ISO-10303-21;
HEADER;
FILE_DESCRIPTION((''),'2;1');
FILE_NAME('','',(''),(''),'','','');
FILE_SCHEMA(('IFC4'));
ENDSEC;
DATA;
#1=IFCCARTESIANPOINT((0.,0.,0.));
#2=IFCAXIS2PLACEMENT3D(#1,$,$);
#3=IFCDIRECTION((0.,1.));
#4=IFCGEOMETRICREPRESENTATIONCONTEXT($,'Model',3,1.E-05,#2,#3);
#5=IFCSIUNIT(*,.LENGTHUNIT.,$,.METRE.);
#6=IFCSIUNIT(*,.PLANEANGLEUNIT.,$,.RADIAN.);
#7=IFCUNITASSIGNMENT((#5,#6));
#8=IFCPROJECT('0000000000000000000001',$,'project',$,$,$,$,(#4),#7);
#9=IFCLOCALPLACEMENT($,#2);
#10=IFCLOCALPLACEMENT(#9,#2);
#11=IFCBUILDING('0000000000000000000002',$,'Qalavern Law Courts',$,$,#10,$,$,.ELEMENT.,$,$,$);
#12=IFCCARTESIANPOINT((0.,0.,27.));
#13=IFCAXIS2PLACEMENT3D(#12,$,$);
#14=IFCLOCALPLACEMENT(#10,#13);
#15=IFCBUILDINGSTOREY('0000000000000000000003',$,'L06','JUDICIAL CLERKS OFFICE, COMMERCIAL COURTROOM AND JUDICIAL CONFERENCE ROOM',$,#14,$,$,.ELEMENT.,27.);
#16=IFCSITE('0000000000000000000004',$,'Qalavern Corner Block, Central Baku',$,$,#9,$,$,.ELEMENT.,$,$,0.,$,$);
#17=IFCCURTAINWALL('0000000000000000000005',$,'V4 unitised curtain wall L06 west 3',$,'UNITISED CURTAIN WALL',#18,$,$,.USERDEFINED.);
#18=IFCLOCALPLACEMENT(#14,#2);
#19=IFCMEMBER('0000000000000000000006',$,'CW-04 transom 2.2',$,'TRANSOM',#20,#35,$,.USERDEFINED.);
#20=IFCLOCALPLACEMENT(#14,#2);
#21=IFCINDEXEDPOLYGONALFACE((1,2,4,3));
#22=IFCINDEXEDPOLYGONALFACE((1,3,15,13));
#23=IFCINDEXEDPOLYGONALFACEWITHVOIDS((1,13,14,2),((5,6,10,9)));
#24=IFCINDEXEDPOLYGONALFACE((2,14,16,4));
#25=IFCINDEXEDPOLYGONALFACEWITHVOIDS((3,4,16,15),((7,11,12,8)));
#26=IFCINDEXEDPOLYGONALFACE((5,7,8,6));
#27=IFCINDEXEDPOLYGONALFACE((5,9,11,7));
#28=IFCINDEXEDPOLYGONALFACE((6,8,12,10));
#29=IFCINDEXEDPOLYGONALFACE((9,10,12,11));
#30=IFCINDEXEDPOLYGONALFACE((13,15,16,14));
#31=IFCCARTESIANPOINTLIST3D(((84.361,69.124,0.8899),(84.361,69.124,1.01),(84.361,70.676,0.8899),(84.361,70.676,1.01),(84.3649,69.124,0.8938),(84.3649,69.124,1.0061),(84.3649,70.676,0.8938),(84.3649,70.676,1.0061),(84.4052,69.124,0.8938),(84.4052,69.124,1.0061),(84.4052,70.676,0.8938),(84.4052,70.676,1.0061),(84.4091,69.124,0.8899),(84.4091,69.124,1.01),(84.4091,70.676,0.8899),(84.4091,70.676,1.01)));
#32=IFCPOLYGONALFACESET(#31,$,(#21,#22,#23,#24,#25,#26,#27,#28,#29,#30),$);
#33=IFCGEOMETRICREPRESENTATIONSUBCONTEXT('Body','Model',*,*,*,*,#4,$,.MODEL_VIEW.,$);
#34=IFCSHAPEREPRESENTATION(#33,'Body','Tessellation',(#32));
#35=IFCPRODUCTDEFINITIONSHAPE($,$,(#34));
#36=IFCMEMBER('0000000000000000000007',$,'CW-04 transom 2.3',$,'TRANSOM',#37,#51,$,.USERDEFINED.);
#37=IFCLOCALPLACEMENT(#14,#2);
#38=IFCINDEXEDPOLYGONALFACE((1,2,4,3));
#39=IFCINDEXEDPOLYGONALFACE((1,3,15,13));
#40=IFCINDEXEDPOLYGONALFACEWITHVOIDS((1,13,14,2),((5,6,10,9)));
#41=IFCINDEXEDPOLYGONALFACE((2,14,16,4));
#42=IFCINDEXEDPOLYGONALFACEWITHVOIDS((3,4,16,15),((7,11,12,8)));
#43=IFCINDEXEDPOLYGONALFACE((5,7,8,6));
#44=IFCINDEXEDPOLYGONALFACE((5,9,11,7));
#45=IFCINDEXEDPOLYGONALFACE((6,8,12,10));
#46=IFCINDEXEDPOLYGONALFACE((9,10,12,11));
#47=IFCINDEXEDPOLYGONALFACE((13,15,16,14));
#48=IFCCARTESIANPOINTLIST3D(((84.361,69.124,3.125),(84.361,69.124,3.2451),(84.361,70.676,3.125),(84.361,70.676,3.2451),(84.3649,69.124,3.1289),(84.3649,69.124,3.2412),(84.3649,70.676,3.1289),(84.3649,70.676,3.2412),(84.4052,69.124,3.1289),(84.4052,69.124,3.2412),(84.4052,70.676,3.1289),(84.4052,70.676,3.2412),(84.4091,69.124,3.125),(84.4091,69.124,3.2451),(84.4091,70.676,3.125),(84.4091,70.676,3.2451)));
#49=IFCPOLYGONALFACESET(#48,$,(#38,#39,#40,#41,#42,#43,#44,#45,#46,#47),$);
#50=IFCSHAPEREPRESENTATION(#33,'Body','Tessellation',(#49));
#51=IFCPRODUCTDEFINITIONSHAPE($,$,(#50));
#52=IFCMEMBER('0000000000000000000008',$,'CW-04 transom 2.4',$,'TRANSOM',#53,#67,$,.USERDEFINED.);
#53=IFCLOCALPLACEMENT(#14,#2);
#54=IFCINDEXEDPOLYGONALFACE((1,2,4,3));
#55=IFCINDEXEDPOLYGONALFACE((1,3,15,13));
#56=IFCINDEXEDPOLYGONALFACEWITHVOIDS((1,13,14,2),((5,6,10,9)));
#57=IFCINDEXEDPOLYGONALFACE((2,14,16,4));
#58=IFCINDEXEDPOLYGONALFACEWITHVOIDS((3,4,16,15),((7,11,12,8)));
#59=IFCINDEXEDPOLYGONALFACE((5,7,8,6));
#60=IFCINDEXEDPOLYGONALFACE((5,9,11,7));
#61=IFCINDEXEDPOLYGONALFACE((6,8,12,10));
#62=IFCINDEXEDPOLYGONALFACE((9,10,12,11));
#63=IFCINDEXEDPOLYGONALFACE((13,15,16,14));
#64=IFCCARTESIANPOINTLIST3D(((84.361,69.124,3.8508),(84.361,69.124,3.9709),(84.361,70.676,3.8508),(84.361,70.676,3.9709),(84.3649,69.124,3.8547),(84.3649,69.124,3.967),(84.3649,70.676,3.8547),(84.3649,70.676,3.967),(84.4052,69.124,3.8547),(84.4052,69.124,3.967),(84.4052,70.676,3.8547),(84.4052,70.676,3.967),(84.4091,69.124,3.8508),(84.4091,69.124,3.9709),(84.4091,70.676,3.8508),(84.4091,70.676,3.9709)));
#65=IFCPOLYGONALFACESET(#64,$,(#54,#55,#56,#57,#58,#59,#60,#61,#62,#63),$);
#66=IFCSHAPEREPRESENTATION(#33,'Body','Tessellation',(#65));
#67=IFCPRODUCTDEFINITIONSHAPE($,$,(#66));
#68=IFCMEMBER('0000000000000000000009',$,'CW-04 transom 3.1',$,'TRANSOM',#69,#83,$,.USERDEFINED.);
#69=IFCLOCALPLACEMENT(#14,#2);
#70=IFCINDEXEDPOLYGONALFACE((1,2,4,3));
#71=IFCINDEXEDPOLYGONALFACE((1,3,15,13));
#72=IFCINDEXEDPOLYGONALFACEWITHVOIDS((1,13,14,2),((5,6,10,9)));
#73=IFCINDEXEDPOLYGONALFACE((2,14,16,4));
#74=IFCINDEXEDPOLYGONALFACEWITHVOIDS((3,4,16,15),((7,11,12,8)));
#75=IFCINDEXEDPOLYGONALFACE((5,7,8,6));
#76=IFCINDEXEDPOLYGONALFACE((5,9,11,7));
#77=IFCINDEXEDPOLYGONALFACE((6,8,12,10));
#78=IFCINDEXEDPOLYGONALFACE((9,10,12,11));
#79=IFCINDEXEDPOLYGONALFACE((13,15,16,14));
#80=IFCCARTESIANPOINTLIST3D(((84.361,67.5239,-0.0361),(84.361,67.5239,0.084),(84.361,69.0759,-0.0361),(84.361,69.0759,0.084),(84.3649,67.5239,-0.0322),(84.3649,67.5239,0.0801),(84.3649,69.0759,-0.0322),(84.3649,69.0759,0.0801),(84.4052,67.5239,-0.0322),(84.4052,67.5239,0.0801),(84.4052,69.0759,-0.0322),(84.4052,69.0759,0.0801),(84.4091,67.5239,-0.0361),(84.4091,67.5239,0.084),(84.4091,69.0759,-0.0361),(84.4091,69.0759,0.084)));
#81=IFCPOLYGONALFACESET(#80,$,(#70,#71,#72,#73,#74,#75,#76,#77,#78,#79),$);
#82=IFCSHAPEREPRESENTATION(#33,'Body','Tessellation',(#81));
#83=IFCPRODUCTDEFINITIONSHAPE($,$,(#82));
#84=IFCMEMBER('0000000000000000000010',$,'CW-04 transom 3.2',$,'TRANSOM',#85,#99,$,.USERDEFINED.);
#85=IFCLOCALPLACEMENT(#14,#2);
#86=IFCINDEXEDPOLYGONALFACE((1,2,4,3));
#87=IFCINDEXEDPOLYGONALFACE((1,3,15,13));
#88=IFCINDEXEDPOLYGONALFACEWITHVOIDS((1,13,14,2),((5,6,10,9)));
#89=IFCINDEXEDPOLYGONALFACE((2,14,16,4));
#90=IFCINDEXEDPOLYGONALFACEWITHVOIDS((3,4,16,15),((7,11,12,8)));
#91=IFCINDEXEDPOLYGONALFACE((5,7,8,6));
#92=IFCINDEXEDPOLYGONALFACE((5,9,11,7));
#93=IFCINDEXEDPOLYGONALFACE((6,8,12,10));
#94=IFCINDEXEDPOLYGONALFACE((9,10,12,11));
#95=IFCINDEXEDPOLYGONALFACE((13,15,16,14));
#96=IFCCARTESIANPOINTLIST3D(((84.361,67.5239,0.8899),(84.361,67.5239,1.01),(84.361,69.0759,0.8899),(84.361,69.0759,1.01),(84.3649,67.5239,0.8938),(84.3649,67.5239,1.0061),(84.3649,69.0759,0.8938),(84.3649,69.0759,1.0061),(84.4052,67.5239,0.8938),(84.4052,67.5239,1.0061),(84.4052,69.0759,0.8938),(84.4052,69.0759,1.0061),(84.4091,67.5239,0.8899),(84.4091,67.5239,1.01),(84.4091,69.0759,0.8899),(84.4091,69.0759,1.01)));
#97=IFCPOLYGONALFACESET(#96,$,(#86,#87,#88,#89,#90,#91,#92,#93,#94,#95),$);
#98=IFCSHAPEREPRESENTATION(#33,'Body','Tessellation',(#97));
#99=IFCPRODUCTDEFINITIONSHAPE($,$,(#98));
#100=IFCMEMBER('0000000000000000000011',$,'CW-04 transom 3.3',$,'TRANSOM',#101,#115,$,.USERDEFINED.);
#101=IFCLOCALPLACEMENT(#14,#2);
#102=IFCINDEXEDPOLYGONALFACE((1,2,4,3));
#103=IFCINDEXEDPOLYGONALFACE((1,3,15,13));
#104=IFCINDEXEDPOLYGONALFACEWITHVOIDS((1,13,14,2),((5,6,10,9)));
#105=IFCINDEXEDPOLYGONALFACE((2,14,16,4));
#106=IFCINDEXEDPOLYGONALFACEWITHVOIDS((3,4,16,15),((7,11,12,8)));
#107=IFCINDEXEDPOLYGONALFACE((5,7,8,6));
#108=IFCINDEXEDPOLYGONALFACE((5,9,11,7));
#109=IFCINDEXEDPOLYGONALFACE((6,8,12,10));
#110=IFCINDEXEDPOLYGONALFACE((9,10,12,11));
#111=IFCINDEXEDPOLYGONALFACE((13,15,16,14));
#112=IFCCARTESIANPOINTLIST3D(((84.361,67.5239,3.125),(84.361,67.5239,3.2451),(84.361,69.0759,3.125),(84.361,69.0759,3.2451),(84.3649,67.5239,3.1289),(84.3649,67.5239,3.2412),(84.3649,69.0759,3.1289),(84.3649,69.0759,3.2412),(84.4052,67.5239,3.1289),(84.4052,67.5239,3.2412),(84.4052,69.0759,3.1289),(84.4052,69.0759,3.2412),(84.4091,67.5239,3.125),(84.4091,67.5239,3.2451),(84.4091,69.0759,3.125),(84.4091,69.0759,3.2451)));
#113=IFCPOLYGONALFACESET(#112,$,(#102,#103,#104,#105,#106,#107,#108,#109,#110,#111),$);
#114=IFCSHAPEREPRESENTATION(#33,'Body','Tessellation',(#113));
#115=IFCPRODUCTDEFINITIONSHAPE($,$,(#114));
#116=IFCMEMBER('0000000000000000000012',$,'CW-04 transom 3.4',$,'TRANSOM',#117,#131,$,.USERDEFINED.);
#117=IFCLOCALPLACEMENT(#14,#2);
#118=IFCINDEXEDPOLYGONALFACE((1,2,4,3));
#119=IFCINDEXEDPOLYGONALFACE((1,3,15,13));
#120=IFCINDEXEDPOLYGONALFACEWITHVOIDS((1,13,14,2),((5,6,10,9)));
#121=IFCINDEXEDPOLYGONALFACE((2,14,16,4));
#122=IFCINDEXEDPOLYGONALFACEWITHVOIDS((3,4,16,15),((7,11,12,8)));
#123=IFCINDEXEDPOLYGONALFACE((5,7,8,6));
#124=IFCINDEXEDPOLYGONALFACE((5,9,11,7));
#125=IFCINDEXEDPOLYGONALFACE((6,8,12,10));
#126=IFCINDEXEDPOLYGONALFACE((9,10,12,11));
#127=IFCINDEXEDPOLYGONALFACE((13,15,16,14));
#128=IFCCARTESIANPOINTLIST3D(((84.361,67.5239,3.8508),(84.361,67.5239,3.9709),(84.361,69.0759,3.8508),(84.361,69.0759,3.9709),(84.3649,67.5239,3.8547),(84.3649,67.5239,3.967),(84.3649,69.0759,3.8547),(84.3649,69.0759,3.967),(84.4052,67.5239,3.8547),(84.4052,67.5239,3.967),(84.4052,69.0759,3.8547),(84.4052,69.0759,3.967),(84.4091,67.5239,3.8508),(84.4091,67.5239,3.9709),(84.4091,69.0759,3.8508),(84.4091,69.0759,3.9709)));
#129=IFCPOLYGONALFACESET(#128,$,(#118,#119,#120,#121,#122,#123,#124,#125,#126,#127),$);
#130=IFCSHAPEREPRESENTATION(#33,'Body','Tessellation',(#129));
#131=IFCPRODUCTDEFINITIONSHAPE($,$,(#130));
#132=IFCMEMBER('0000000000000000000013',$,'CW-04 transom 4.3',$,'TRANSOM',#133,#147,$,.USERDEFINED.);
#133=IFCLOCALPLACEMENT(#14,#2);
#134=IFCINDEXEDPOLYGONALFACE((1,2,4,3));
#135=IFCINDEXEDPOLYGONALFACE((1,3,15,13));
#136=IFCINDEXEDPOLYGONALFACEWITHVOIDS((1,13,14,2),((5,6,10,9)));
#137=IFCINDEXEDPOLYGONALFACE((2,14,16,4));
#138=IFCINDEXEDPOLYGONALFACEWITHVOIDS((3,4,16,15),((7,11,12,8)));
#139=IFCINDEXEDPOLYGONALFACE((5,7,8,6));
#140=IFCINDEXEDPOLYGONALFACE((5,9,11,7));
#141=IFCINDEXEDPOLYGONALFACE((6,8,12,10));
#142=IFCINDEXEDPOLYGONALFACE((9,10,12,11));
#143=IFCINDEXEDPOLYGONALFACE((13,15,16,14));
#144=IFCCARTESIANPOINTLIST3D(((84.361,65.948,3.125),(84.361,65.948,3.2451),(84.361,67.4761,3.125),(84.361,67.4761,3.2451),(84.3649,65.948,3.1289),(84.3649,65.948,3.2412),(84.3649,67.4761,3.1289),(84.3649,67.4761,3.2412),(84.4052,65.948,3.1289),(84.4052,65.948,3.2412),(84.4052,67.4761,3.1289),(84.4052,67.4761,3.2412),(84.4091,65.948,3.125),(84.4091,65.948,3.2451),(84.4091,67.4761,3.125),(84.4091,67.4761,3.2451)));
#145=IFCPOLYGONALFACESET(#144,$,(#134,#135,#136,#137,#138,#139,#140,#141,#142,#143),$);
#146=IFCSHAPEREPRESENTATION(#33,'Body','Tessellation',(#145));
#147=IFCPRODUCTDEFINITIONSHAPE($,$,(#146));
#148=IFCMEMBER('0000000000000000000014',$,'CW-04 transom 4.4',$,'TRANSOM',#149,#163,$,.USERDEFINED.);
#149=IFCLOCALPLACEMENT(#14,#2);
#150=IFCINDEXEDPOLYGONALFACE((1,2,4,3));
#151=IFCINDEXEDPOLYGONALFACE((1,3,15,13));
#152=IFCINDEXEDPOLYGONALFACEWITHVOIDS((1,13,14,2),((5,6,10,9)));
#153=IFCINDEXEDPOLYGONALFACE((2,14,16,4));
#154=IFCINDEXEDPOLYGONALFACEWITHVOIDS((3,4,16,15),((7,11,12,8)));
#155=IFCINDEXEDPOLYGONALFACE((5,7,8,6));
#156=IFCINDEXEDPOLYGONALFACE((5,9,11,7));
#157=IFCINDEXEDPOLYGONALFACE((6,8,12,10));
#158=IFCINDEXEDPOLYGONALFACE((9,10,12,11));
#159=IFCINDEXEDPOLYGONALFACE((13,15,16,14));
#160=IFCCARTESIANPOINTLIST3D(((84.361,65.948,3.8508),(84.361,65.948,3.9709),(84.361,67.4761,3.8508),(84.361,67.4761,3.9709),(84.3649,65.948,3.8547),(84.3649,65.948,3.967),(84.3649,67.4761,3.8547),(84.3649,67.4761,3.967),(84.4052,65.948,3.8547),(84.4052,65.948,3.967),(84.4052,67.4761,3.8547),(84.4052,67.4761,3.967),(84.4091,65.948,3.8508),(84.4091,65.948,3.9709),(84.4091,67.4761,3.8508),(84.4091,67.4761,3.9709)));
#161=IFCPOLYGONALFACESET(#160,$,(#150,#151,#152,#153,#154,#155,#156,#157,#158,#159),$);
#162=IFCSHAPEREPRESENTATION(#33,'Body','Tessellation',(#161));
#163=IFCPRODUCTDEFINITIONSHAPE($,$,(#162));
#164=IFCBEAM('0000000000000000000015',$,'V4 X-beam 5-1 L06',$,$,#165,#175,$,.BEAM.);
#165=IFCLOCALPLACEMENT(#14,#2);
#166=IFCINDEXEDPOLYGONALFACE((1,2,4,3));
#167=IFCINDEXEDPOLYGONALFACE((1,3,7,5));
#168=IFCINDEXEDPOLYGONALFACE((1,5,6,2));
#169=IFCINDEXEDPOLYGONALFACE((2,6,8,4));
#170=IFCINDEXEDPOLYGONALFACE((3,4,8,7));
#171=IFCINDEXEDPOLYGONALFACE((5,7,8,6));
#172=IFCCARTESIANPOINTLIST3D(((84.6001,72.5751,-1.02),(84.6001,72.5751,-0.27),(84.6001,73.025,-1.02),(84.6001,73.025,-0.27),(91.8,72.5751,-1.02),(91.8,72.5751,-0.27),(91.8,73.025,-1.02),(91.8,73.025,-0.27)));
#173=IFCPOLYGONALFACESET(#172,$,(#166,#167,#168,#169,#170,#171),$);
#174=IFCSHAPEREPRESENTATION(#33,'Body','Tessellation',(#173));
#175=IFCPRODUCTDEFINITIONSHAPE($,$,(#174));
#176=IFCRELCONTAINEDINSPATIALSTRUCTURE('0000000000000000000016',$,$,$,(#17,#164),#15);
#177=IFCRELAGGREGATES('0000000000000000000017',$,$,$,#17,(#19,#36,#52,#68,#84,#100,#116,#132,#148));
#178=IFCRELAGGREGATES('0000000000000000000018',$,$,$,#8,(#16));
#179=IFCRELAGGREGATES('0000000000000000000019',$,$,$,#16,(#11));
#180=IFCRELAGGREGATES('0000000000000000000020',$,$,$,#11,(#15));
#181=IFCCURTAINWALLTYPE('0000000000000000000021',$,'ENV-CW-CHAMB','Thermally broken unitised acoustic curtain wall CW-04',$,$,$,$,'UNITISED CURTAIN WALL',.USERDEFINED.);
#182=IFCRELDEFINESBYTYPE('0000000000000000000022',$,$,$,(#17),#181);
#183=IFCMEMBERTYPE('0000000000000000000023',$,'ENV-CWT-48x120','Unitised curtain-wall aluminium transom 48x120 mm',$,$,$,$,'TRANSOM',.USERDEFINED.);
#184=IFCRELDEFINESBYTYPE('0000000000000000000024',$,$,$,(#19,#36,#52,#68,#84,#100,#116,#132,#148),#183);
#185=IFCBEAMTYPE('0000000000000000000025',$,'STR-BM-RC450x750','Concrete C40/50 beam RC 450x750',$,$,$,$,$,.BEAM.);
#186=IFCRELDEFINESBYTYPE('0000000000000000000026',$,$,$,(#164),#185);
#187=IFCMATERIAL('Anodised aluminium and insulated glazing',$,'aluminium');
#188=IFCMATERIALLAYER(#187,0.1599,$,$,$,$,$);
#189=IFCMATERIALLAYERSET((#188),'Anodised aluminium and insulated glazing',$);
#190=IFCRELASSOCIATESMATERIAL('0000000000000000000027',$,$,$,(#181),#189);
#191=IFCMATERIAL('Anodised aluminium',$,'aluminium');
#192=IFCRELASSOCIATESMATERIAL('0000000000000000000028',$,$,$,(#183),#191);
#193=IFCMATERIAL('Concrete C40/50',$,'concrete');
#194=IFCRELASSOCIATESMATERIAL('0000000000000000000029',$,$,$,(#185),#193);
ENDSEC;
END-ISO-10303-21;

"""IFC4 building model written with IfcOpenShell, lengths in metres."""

from ifc_helpers import new_model, si_unit, direction, frame, origin, origin_2d, place, context, subcontext, project, spatial, rectangle, hollow_rectangle, extrude, material, layer, layer_set, material_profile, profile_set, type_object, element, aggregate, save


model = new_model("IFC4")

# Units and contexts
model_context = context("Model", 3, precision=1e-05, world=origin(), true_north=direction((0.0, 1.0)))
body_context = subcontext(model_context, "Body", "Model", "MODEL_VIEW")
ifc_project = project(units=[si_unit("LENGTHUNIT", "METRE"), si_unit("PLANEANGLEUNIT", "RADIAN")], contexts=[model_context])

# Site, building, storey
site_placement = place(None, origin())
site = spatial("IfcSite", under=ifc_project, at=site_placement, Name="Qalavern Corner Block, Central Baku", CompositionType="ELEMENT", RefElevation=0.0)
building_placement = place(site_placement, origin())
building = spatial("IfcBuilding", under=site, at=building_placement, Name="Qalavern Law Courts", CompositionType="ELEMENT")
storey_placement = place(building_placement, frame((0.0, 0.0, 27.0)))
storey = spatial("IfcBuildingStorey", under=building, at=storey_placement, Name="L06", Description="JUDICIAL CLERKS OFFICE, COMMERCIAL COURTROOM AND JUDICIAL CONFERENCE ROOM", CompositionType="ELEMENT", Elevation=27.0)

# Shared definitions
ifc_material_1 = material(Name="Anodised aluminium and insulated glazing", Category="aluminium")
ifc_layer_1 = layer(ifc_material_1, 0.1599)
ifc_layer_set_1 = layer_set([ifc_layer_1], Name="Anodised aluminium and insulated glazing")
curtain_wall_type = type_object("IfcCurtainWallType", Name="ENV-CW-CHAMB", Description="Thermally broken unitised acoustic curtain wall CW-04", ElementType="UNITISED CURTAIN WALL", PredefinedType="USERDEFINED", material=ifc_layer_set_1)
ifc_material_2 = material(Name="Anodised aluminium", Category="aluminium")

# Curtain wall, members
curtain_wall_1_placement = place(storey_placement, origin())
curtain_wall_1 = element("IfcCurtainWall", 1, at=curtain_wall_1_placement, inside=storey, type_object=curtain_wall_type, Name="V4 unitised curtain wall L06 west 3", ObjectType="UNITISED CURTAIN WALL", PredefinedType="USERDEFINED")
ifc_material_profile_1 = material_profile(ifc_material_2, hollow_rectangle(XDim=0.0481, YDim=0.1201, WallThickness=0.0039, at=origin_2d()), Name="ALU TRANSOM 48x120")
ifc_profile_set_1 = profile_set([ifc_material_profile_1], Name="Anodised aluminium")
member_type_1 = type_object("IfcMemberType", Name="ENV-CWT-48x120", Description="Unitised curtain-wall aluminium transom 48x120 mm", ElementType="TRANSOM", PredefinedType="USERDEFINED", material=ifc_profile_set_1)
member_1_placement = place(storey_placement, frame((84.385, 70.676, 0.95), z_axis=(0.0, -1.0, 0.0), x_axis=(1.0, 0.0, 0.0)))
member_1 = element("IfcMember", 2, at=member_1_placement, type_object=member_type_1, Name="CW-04 transom 2.2", ObjectType="TRANSOM", PredefinedType="USERDEFINED", context=body_context, shape_type="SweptSolid", body=[
    extrude(hollow_rectangle(XDim=0.0481, YDim=0.1201, WallThickness=0.0039, at=origin_2d()), origin(), (0.0, 0.0, 1.0), 1.552),
])
member_2_placement = place(storey_placement, frame((84.385, 70.676, 3.1851), z_axis=(0.0, -1.0, 0.0), x_axis=(1.0, 0.0, 0.0)))
member_2 = element("IfcMember", 3, at=member_2_placement, type_object=member_type_1, Name="CW-04 transom 2.3", ObjectType="TRANSOM", PredefinedType="USERDEFINED", context=body_context, shape_type="SweptSolid", body=[
    extrude(hollow_rectangle(XDim=0.0481, YDim=0.1201, WallThickness=0.0039, at=origin_2d()), origin(), (0.0, 0.0, 1.0), 1.552),
])
member_3_placement = place(storey_placement, frame((84.385, 70.676, 3.9109), z_axis=(0.0, -1.0, 0.0), x_axis=(1.0, 0.0, 0.0)))
member_3 = element("IfcMember", 4, at=member_3_placement, type_object=member_type_1, Name="CW-04 transom 2.4", ObjectType="TRANSOM", PredefinedType="USERDEFINED", context=body_context, shape_type="SweptSolid", body=[
    extrude(hollow_rectangle(XDim=0.0481, YDim=0.1201, WallThickness=0.0039, at=origin_2d()), origin(), (0.0, 0.0, 1.0), 1.552),
])
member_4_placement = place(storey_placement, frame((84.385, 69.0759, 0.0239), z_axis=(0.0, -1.0, 0.0), x_axis=(1.0, 0.0, 0.0)))
member_4 = element("IfcMember", 5, at=member_4_placement, type_object=member_type_1, Name="CW-04 transom 3.1", ObjectType="TRANSOM", PredefinedType="USERDEFINED", context=body_context, shape_type="SweptSolid", body=[
    extrude(hollow_rectangle(XDim=0.0481, YDim=0.1201, WallThickness=0.0039, at=origin_2d()), origin(), (0.0, 0.0, 1.0), 1.552),
])
member_5_placement = place(storey_placement, frame((84.385, 69.0759, 0.95), z_axis=(0.0, -1.0, 0.0), x_axis=(1.0, 0.0, 0.0)))
member_5 = element("IfcMember", 6, at=member_5_placement, type_object=member_type_1, Name="CW-04 transom 3.2", ObjectType="TRANSOM", PredefinedType="USERDEFINED", context=body_context, shape_type="SweptSolid", body=[
    extrude(hollow_rectangle(XDim=0.0481, YDim=0.1201, WallThickness=0.0039, at=origin_2d()), origin(), (0.0, 0.0, 1.0), 1.552),
])
member_6_placement = place(storey_placement, frame((84.385, 69.0759, 3.1851), z_axis=(0.0, -1.0, 0.0), x_axis=(1.0, 0.0, 0.0)))
member_6 = element("IfcMember", 7, at=member_6_placement, type_object=member_type_1, Name="CW-04 transom 3.3", ObjectType="TRANSOM", PredefinedType="USERDEFINED", context=body_context, shape_type="SweptSolid", body=[
    extrude(hollow_rectangle(XDim=0.0481, YDim=0.1201, WallThickness=0.0039, at=origin_2d()), origin(), (0.0, 0.0, 1.0), 1.552),
])
member_7_placement = place(storey_placement, frame((84.385, 69.0759, 3.9109), z_axis=(0.0, -1.0, 0.0), x_axis=(1.0, 0.0, 0.0)))
member_7 = element("IfcMember", 8, at=member_7_placement, type_object=member_type_1, Name="CW-04 transom 3.4", ObjectType="TRANSOM", PredefinedType="USERDEFINED", context=body_context, shape_type="SweptSolid", body=[
    extrude(hollow_rectangle(XDim=0.0481, YDim=0.1201, WallThickness=0.0039, at=origin_2d()), origin(), (0.0, 0.0, 1.0), 1.552),
])
member_8_placement = place(storey_placement, frame((84.385, 67.4761, 3.1851), z_axis=(0.0, -1.0, 0.0), x_axis=(1.0, 0.0, 0.0)))
member_8 = element("IfcMember", 9, at=member_8_placement, type_object=member_type_1, Name="CW-04 transom 4.3", ObjectType="TRANSOM", PredefinedType="USERDEFINED", context=body_context, shape_type="SweptSolid", body=[
    extrude(hollow_rectangle(XDim=0.0481, YDim=0.1201, WallThickness=0.0039, at=origin_2d()), origin(), (0.0, 0.0, 1.0), 1.5281),
])
member_9_placement = place(storey_placement, frame((84.385, 67.4761, 3.9109), z_axis=(0.0, -1.0, 0.0), x_axis=(1.0, 0.0, 0.0)))
member_9 = element("IfcMember", 10, at=member_9_placement, type_object=member_type_1, Name="CW-04 transom 4.4", ObjectType="TRANSOM", PredefinedType="USERDEFINED", context=body_context, shape_type="SweptSolid", body=[
    extrude(hollow_rectangle(XDim=0.0481, YDim=0.1201, WallThickness=0.0039, at=origin_2d()), origin(), (0.0, 0.0, 1.0), 1.5281),
])

# Beam
ifc_material_3 = material(Name="Concrete C40/50", Category="concrete")
ifc_material_profile_2 = material_profile(ifc_material_3, rectangle(XDim=0.45, YDim=0.75, at=origin_2d()), Name="RC 450x750")
ifc_profile_set_2 = profile_set([ifc_material_profile_2], Name="Concrete C40/50")
beam_type_1 = type_object("IfcBeamType", Name="STR-BM-RC450x750", Description="Concrete C40/50 beam RC 450x750", PredefinedType="BEAM", material=ifc_profile_set_2)
beam_1_placement = place(storey_placement, frame((84.6001, 72.8, -0.645), z_axis=(1.0, 0.0, 0.0), x_axis=(0.0, 1.0, 0.0)))
element("IfcBeam", 11, at=beam_1_placement, inside=storey, type_object=beam_type_1, Name="V4 X-beam 5-1 L06", PredefinedType="BEAM", context=body_context, shape_type="SweptSolid", body=[
    extrude(rectangle(XDim=0.45, YDim=0.75, at=origin_2d()), origin(), (0.0, 0.0, 1.0), 7.2),
])

aggregate(curtain_wall_1, [member_1, member_2, member_3, member_4, member_5, member_6, member_7, member_8, member_9])

save(model, "model.ifc")
